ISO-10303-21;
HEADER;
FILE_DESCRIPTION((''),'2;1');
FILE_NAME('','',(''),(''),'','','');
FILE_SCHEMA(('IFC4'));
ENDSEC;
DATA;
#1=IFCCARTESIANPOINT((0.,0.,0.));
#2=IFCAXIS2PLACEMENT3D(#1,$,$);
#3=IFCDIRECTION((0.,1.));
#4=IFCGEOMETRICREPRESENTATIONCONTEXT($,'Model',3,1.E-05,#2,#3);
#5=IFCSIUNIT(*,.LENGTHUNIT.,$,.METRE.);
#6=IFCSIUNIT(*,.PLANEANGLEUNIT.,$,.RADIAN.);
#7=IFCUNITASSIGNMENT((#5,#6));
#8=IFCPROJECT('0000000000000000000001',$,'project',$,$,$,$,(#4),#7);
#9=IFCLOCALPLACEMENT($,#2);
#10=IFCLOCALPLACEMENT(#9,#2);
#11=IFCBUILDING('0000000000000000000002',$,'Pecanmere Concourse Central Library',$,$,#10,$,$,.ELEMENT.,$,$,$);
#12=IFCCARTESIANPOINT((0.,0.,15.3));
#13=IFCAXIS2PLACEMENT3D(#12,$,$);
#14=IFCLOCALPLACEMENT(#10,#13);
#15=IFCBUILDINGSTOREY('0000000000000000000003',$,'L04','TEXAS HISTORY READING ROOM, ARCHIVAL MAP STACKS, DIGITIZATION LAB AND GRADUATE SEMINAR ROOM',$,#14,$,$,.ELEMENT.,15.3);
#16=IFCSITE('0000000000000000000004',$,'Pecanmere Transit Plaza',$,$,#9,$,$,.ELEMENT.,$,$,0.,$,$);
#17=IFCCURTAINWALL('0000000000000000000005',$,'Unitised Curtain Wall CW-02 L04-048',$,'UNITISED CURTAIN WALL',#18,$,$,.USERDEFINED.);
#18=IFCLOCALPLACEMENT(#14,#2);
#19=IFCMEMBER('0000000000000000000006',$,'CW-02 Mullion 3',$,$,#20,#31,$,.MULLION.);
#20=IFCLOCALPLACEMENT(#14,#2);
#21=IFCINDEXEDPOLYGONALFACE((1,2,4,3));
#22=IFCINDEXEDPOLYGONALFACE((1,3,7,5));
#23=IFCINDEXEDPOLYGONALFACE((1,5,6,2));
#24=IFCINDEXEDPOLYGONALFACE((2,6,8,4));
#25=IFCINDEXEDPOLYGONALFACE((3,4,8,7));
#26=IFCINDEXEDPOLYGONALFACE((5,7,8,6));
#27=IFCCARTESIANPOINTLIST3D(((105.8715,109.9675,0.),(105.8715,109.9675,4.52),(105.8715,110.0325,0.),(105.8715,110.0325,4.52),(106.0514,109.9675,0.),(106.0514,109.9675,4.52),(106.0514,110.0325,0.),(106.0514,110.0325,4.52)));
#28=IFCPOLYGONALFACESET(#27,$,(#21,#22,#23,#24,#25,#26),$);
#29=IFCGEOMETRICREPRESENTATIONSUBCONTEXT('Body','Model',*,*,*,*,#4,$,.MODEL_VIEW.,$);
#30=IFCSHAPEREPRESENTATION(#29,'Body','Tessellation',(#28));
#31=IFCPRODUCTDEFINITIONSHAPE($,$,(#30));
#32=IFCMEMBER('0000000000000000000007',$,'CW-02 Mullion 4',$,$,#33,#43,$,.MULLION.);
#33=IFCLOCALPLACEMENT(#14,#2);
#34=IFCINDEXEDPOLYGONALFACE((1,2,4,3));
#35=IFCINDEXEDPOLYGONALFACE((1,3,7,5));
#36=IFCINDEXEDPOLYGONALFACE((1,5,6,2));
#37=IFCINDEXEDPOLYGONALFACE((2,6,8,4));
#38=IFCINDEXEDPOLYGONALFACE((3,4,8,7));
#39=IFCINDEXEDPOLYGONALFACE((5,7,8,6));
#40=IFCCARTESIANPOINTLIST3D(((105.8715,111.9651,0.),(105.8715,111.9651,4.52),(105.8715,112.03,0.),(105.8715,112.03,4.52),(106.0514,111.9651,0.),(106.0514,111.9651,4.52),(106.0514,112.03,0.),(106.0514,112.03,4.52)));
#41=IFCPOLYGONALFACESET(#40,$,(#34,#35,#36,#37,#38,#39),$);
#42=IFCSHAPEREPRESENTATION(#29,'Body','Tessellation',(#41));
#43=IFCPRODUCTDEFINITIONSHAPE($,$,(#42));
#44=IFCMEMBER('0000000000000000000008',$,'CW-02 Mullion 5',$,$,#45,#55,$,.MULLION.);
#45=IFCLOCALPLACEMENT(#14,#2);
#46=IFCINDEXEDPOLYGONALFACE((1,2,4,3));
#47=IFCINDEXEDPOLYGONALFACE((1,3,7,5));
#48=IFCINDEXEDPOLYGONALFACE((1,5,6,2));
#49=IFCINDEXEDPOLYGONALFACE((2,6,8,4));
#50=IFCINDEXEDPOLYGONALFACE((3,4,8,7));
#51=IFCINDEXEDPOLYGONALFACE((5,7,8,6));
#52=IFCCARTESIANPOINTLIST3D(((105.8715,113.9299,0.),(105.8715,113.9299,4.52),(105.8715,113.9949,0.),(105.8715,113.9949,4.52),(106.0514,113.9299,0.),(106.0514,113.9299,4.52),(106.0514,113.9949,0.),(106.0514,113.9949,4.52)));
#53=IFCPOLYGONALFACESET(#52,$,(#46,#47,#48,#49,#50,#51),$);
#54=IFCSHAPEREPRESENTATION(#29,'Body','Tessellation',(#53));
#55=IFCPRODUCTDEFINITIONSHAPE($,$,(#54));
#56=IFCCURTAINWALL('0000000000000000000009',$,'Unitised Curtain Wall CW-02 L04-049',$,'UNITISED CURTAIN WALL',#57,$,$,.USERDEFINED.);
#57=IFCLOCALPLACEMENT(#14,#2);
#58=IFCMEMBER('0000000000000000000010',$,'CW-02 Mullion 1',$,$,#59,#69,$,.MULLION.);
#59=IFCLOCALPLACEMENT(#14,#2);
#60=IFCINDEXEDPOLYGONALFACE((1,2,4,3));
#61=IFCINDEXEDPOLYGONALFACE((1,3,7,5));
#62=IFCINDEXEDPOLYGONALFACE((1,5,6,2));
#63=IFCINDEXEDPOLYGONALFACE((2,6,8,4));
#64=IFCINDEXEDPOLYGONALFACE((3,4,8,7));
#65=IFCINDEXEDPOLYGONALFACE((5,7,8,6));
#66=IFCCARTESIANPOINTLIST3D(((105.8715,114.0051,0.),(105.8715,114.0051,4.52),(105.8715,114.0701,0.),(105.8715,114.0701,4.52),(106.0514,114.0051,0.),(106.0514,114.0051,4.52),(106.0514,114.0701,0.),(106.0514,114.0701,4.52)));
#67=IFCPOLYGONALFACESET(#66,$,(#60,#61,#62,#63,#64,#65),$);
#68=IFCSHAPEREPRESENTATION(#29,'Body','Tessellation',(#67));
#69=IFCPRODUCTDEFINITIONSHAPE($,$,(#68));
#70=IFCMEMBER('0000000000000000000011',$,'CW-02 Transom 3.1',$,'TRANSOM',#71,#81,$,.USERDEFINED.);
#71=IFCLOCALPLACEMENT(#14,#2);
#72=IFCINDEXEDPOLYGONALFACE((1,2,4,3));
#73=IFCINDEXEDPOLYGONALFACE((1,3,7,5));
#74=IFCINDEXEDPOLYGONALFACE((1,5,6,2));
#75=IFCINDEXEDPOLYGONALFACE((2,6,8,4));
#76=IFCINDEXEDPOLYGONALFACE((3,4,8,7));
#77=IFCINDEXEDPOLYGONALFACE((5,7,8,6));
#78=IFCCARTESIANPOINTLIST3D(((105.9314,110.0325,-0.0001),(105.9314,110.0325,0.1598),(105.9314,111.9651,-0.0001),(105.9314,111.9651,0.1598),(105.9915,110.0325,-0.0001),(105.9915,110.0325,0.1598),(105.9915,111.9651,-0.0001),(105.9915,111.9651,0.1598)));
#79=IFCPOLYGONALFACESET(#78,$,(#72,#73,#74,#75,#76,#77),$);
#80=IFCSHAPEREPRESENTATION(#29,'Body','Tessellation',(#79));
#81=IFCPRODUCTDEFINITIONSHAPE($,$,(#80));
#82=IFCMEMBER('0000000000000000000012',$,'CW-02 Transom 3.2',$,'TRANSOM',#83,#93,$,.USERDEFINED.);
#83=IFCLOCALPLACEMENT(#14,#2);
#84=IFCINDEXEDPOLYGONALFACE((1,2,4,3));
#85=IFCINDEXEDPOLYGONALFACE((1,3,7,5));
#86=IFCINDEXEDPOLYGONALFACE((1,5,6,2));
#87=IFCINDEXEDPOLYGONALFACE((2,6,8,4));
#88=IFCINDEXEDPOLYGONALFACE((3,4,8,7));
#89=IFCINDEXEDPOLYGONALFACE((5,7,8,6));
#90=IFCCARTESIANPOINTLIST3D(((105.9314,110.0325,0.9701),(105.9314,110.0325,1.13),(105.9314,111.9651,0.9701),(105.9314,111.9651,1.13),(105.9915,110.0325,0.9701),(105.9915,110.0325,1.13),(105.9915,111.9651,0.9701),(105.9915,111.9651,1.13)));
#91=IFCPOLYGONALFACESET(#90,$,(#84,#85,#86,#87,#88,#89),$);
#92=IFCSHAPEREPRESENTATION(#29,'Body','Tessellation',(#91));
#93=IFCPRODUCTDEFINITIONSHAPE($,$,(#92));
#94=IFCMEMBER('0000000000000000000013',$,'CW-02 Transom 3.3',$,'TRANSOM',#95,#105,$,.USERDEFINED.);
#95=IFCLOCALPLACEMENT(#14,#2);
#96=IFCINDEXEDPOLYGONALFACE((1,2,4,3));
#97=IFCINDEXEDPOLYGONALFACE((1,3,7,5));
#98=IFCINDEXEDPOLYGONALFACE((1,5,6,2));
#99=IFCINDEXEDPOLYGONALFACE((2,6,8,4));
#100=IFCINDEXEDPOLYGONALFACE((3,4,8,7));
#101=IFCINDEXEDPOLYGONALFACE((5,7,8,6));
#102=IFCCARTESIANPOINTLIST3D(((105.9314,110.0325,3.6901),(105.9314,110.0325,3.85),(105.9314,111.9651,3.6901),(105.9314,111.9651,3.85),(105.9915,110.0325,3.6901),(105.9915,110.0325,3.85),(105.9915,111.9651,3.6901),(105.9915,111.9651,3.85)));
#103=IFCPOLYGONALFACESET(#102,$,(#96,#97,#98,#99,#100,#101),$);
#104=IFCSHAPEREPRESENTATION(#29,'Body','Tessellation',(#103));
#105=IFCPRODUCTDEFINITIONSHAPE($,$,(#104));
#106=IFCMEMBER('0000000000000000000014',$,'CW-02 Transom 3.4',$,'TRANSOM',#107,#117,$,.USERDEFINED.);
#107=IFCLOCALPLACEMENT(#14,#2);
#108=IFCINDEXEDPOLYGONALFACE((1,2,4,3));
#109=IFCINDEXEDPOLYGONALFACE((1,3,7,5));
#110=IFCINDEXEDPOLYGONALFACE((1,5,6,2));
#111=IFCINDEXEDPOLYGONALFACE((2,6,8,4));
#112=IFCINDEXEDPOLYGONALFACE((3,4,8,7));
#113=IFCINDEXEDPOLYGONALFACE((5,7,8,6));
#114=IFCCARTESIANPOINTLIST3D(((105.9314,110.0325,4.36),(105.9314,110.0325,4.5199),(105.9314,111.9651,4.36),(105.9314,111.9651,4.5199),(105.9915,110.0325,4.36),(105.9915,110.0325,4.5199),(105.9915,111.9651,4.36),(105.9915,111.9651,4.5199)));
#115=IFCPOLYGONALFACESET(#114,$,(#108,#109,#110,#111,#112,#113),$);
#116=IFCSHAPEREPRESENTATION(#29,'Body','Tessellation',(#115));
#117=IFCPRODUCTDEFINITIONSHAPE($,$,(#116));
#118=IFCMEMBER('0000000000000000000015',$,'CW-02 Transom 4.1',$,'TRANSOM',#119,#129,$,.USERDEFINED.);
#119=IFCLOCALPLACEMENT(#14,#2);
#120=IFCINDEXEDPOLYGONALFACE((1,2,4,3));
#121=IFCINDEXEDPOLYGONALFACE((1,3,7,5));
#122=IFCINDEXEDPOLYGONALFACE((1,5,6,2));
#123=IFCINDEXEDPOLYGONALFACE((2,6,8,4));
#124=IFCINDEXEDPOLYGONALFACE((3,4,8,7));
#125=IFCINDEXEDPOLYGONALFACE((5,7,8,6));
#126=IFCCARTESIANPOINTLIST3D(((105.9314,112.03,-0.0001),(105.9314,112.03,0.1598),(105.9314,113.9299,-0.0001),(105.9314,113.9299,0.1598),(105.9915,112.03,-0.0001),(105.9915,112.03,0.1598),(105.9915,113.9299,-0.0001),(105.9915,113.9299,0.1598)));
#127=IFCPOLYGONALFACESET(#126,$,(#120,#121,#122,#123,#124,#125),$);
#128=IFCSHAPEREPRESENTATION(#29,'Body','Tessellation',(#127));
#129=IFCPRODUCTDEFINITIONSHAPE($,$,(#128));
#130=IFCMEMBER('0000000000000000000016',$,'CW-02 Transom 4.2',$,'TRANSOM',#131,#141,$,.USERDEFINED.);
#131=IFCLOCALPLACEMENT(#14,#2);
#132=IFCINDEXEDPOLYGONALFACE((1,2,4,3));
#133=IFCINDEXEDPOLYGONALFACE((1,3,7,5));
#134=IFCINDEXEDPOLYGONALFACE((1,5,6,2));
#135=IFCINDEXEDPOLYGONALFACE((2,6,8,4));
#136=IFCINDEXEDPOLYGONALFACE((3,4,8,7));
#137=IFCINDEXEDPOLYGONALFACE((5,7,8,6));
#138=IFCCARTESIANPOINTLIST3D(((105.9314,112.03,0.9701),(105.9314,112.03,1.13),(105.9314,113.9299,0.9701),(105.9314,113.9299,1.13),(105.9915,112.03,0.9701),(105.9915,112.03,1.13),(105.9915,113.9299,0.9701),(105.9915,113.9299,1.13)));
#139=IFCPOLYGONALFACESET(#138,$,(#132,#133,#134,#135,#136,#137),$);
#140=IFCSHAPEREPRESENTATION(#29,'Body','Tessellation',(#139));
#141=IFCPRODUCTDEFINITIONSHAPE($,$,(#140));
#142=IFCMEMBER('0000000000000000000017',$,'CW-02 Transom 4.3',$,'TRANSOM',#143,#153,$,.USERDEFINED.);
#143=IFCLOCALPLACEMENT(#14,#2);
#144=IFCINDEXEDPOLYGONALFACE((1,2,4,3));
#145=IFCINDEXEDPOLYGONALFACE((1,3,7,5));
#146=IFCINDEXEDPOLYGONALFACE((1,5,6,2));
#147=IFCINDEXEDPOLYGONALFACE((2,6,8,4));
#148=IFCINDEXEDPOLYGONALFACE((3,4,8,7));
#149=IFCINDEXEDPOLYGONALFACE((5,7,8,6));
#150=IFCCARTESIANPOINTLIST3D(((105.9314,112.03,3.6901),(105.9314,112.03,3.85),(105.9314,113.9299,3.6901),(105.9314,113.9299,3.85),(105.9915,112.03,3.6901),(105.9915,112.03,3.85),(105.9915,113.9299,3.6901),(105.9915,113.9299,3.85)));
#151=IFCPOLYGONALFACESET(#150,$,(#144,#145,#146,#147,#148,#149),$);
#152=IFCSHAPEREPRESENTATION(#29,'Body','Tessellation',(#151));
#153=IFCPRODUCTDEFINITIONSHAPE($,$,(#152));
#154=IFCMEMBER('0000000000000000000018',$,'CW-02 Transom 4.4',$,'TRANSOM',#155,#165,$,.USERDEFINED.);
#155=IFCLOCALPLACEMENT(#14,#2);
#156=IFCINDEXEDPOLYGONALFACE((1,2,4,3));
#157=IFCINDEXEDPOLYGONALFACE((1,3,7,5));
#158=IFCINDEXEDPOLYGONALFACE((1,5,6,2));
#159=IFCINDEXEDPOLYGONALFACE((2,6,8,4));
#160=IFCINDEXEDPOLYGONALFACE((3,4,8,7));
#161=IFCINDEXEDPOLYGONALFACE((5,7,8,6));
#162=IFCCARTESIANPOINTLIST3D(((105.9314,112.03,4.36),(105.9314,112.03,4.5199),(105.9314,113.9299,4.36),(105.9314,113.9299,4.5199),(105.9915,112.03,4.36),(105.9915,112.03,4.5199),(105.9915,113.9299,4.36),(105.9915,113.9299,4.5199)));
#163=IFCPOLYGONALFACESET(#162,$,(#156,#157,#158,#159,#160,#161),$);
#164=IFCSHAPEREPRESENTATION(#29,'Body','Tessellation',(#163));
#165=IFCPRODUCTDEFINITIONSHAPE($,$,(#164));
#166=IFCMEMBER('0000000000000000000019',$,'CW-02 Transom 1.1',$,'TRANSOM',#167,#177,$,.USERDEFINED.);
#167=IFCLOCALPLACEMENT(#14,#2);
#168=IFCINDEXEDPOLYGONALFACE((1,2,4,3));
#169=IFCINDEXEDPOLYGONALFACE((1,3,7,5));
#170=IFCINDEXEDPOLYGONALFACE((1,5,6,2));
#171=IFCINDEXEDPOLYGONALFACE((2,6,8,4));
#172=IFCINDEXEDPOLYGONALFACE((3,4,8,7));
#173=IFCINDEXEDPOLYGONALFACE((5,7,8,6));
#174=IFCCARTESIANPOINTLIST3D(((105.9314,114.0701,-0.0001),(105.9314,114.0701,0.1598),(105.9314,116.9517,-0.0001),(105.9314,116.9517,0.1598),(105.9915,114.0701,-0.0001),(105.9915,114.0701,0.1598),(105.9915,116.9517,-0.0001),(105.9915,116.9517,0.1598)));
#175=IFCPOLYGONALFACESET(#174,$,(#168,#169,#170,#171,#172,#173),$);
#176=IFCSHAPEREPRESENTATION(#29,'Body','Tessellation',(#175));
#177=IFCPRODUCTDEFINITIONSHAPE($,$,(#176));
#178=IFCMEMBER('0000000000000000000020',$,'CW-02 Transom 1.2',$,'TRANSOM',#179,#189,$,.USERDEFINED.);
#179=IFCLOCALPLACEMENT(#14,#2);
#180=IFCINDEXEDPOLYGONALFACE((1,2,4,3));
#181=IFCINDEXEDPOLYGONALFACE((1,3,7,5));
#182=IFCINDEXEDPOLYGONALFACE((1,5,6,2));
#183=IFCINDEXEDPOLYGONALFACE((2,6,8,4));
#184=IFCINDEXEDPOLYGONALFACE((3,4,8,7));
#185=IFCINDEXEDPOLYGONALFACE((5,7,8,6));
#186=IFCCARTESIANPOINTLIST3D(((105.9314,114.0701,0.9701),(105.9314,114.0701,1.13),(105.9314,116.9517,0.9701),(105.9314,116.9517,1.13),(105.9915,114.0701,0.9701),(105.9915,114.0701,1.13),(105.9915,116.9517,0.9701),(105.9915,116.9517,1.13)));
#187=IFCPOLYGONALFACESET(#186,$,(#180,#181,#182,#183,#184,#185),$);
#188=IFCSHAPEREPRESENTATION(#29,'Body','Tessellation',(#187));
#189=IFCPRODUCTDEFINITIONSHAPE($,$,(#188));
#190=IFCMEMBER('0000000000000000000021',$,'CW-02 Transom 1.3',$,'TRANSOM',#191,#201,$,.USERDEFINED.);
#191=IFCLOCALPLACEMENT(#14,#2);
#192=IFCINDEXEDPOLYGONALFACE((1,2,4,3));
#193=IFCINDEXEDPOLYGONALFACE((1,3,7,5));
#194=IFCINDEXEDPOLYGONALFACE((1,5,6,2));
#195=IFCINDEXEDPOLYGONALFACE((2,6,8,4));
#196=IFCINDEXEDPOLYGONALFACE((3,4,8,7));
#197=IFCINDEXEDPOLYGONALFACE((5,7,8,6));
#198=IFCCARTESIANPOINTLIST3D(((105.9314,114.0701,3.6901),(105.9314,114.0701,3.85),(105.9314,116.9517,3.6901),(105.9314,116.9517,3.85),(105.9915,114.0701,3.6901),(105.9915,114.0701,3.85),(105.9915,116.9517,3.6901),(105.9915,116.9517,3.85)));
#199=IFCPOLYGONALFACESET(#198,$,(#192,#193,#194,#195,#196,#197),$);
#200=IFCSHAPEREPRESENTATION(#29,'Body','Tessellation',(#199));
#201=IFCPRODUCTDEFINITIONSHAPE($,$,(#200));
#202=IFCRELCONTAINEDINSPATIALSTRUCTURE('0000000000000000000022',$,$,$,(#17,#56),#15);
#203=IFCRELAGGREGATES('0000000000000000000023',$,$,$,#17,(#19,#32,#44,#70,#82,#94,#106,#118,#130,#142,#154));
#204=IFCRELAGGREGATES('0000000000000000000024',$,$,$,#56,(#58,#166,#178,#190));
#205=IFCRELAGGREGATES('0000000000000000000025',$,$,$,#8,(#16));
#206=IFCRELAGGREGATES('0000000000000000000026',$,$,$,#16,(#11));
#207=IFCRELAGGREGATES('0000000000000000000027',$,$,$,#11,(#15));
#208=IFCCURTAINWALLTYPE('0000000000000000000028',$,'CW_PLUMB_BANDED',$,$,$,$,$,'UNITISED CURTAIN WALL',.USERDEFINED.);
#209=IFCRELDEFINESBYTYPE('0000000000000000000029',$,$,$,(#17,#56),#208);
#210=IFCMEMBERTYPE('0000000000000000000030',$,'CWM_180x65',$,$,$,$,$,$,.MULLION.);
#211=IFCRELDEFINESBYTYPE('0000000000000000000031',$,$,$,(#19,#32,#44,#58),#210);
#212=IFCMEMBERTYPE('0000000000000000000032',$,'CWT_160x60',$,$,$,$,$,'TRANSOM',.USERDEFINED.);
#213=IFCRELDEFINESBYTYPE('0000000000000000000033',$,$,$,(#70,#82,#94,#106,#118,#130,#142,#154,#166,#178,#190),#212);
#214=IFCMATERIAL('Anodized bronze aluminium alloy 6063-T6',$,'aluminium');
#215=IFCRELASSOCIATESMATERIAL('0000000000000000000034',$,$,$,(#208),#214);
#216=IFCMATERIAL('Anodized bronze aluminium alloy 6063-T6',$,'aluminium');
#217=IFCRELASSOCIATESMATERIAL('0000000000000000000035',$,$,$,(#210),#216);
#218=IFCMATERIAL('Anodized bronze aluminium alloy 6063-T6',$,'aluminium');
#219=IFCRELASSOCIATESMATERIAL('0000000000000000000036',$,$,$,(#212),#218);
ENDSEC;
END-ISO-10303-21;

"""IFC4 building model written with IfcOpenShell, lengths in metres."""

from ifc_helpers import new_model, si_unit, direction, frame, origin, origin_2d, place, context, subcontext, project, spatial, rectangle, extrude, material, material_profile, profile_set, type_object, element, aggregate, save


model = new_model("IFC4")

# Units and contexts
model_context = context("Model", 3, precision=1e-05, world=origin(), true_north=direction((0.0, 1.0)))
body_context = subcontext(model_context, "Body", "Model", "MODEL_VIEW")
ifc_project = project(units=[si_unit("LENGTHUNIT", "METRE"), si_unit("PLANEANGLEUNIT", "RADIAN")], contexts=[model_context])

# Site, building, storey
site_placement = place(None, origin())
site = spatial("IfcSite", under=ifc_project, at=site_placement, Name="Pecanmere Transit Plaza", CompositionType="ELEMENT", RefElevation=0.0)
building_placement = place(site_placement, origin())
building = spatial("IfcBuilding", under=site, at=building_placement, Name="Pecanmere Concourse Central Library", CompositionType="ELEMENT")
storey_placement = place(building_placement, frame((0.0, 0.0, 15.3)))
storey = spatial("IfcBuildingStorey", under=building, at=storey_placement, Name="L04", Description="TEXAS HISTORY READING ROOM, ARCHIVAL MAP STACKS, DIGITIZATION LAB AND GRADUATE SEMINAR ROOM", CompositionType="ELEMENT", Elevation=15.3)

# Curtain wall, members
ifc_material_1 = material(Name="Anodized bronze aluminium alloy 6063-T6", Category="aluminium")
curtain_wall_type = type_object("IfcCurtainWallType", Name="CW_PLUMB_BANDED", ElementType="UNITISED CURTAIN WALL", PredefinedType="USERDEFINED", material=ifc_material_1)
curtain_wall_1_placement = place(storey_placement, origin())
curtain_wall_1 = element("IfcCurtainWall", 1, at=curtain_wall_1_placement, inside=storey, type_object=curtain_wall_type, Name="Unitised Curtain Wall CW-02 L04-048", ObjectType="UNITISED CURTAIN WALL", PredefinedType="USERDEFINED")
ifc_material_2 = material(Name="Anodized bronze aluminium alloy 6063-T6", Category="aluminium")
ifc_material_profile_1 = material_profile(ifc_material_2, rectangle(XDim=0.0649, YDim=0.1799, at=origin_2d()), Name="AL 65x180")
ifc_profile_set_1 = profile_set([ifc_material_profile_1], Name="Anodized bronze aluminium alloy 6063-T6")
member_type_1 = type_object("IfcMemberType", Name="CWM_180x65", PredefinedType="MULLION", material=ifc_profile_set_1)
member_1_placement = place(storey_placement, frame((105.9614, 110.0, 0.0), z_axis=(0.0, 0.0, 1.0), x_axis=(0.0, 1.0, 0.0)))
member_1 = element("IfcMember", 2, at=member_1_placement, type_object=member_type_1, Name="CW-02 Mullion 3", PredefinedType="MULLION", context=body_context, shape_type="SweptSolid", body=[
    extrude(rectangle(XDim=0.0649, YDim=0.1799, at=origin_2d()), origin(), (0.0, 0.0, 1.0), 4.52),
])
member_2_placement = place(storey_placement, frame((105.9614, 111.9976, 0.0), z_axis=(0.0, 0.0, 1.0), x_axis=(0.0, 1.0, 0.0)))
member_2 = element("IfcMember", 3, at=member_2_placement, type_object=member_type_1, Name="CW-02 Mullion 4", PredefinedType="MULLION", context=body_context, shape_type="SweptSolid", body=[
    extrude(rectangle(XDim=0.0649, YDim=0.1799, at=origin_2d()), origin(), (0.0, 0.0, 1.0), 4.52),
])
member_3_placement = place(storey_placement, frame((105.9614, 113.9624, 0.0), z_axis=(0.0, 0.0, 1.0), x_axis=(0.0, 1.0, 0.0)))
member_3 = element("IfcMember", 4, at=member_3_placement, type_object=member_type_1, Name="CW-02 Mullion 5", PredefinedType="MULLION", context=body_context, shape_type="SweptSolid", body=[
    extrude(rectangle(XDim=0.0649, YDim=0.1799, at=origin_2d()), origin(), (0.0, 0.0, 1.0), 4.52),
])

# Curtain wall, member
curtain_wall_2_placement = place(storey_placement, origin())
curtain_wall_2 = element("IfcCurtainWall", 5, at=curtain_wall_2_placement, inside=storey, type_object=curtain_wall_type, Name="Unitised Curtain Wall CW-02 L04-049", ObjectType="UNITISED CURTAIN WALL", PredefinedType="USERDEFINED")
member_4_placement = place(storey_placement, frame((105.9614, 114.0376, 0.0), z_axis=(0.0, 0.0, 1.0), x_axis=(0.0, 1.0, 0.0)))
member_4 = element("IfcMember", 6, at=member_4_placement, type_object=member_type_1, Name="CW-02 Mullion 1", PredefinedType="MULLION", context=body_context, shape_type="SweptSolid", body=[
    extrude(rectangle(XDim=0.0649, YDim=0.1799, at=origin_2d()), origin(), (0.0, 0.0, 1.0), 4.52),
])

# Members
ifc_material_3 = material(Name="Anodized bronze aluminium alloy 6063-T6", Category="aluminium")
ifc_material_profile_2 = material_profile(ifc_material_3, rectangle(XDim=0.0601, YDim=0.1599, at=origin_2d()), Name="AL 60x160")
ifc_profile_set_2 = profile_set([ifc_material_profile_2], Name="Anodized bronze aluminium alloy 6063-T6")
member_type_2 = type_object("IfcMemberType", Name="CWT_160x60", ElementType="TRANSOM", PredefinedType="USERDEFINED", material=ifc_profile_set_2)
member_5_placement = place(storey_placement, frame((105.9614, 110.0325, 0.0798), z_axis=(0.0, 1.0, 0.0), x_axis=(-1.0, 0.0, 0.0)))
member_5 = element("IfcMember", 7, at=member_5_placement, type_object=member_type_2, Name="CW-02 Transom 3.1", ObjectType="TRANSOM", PredefinedType="USERDEFINED", context=body_context, shape_type="SweptSolid", body=[
    extrude(rectangle(XDim=0.0601, YDim=0.1599, at=origin_2d()), origin(), (0.0, 0.0, 1.0), 1.9326),
])
member_6_placement = place(storey_placement, frame((105.9614, 110.0325, 1.05), z_axis=(0.0, 1.0, 0.0), x_axis=(-1.0, 0.0, 0.0)))
member_6 = element("IfcMember", 8, at=member_6_placement, type_object=member_type_2, Name="CW-02 Transom 3.2", ObjectType="TRANSOM", PredefinedType="USERDEFINED", context=body_context, shape_type="SweptSolid", body=[
    extrude(rectangle(XDim=0.0601, YDim=0.1599, at=origin_2d()), origin(), (0.0, 0.0, 1.0), 1.9326),
])
member_7_placement = place(storey_placement, frame((105.9614, 110.0325, 3.77), z_axis=(0.0, 1.0, 0.0), x_axis=(-1.0, 0.0, 0.0)))
member_7 = element("IfcMember", 9, at=member_7_placement, type_object=member_type_2, Name="CW-02 Transom 3.3", ObjectType="TRANSOM", PredefinedType="USERDEFINED", context=body_context, shape_type="SweptSolid", body=[
    extrude(rectangle(XDim=0.0601, YDim=0.1599, at=origin_2d()), origin(), (0.0, 0.0, 1.0), 1.9326),
])
member_8_placement = place(storey_placement, frame((105.9614, 110.0325, 4.4399), z_axis=(0.0, 1.0, 0.0), x_axis=(-1.0, 0.0, 0.0)))
member_8 = element("IfcMember", 10, at=member_8_placement, type_object=member_type_2, Name="CW-02 Transom 3.4", ObjectType="TRANSOM", PredefinedType="USERDEFINED", context=body_context, shape_type="SweptSolid", body=[
    extrude(rectangle(XDim=0.0601, YDim=0.1599, at=origin_2d()), origin(), (0.0, 0.0, 1.0), 1.9326),
])
member_9_placement = place(storey_placement, frame((105.9614, 112.03, 0.0798), z_axis=(0.0, 1.0, 0.0), x_axis=(-1.0, 0.0, 0.0)))
member_9 = element("IfcMember", 11, at=member_9_placement, type_object=member_type_2, Name="CW-02 Transom 4.1", ObjectType="TRANSOM", PredefinedType="USERDEFINED", context=body_context, shape_type="SweptSolid", body=[
    extrude(rectangle(XDim=0.0601, YDim=0.1599, at=origin_2d()), origin(), (0.0, 0.0, 1.0), 1.8999),
])
member_10_placement = place(storey_placement, frame((105.9614, 112.03, 1.05), z_axis=(0.0, 1.0, 0.0), x_axis=(-1.0, 0.0, 0.0)))
member_10 = element("IfcMember", 12, at=member_10_placement, type_object=member_type_2, Name="CW-02 Transom 4.2", ObjectType="TRANSOM", PredefinedType="USERDEFINED", context=body_context, shape_type="SweptSolid", body=[
    extrude(rectangle(XDim=0.0601, YDim=0.1599, at=origin_2d()), origin(), (0.0, 0.0, 1.0), 1.8999),
])
member_11_placement = place(storey_placement, frame((105.9614, 112.03, 3.77), z_axis=(0.0, 1.0, 0.0), x_axis=(-1.0, 0.0, 0.0)))
member_11 = element("IfcMember", 13, at=member_11_placement, type_object=member_type_2, Name="CW-02 Transom 4.3", ObjectType="TRANSOM", PredefinedType="USERDEFINED", context=body_context, shape_type="SweptSolid", body=[
    extrude(rectangle(XDim=0.0601, YDim=0.1599, at=origin_2d()), origin(), (0.0, 0.0, 1.0), 1.8999),
])
member_12_placement = place(storey_placement, frame((105.9614, 112.03, 4.4399), z_axis=(0.0, 1.0, 0.0), x_axis=(-1.0, 0.0, 0.0)))
member_12 = element("IfcMember", 14, at=member_12_placement, type_object=member_type_2, Name="CW-02 Transom 4.4", ObjectType="TRANSOM", PredefinedType="USERDEFINED", context=body_context, shape_type="SweptSolid", body=[
    extrude(rectangle(XDim=0.0601, YDim=0.1599, at=origin_2d()), origin(), (0.0, 0.0, 1.0), 1.8999),
])
member_13_placement = place(storey_placement, frame((105.9614, 114.0701, 0.0798), z_axis=(0.0, 1.0, 0.0), x_axis=(-1.0, 0.0, 0.0)))
member_13 = element("IfcMember", 15, at=member_13_placement, type_object=member_type_2, Name="CW-02 Transom 1.1", ObjectType="TRANSOM", PredefinedType="USERDEFINED", context=body_context, shape_type="SweptSolid", body=[
    extrude(rectangle(XDim=0.0601, YDim=0.1599, at=origin_2d()), origin(), (0.0, 0.0, 1.0), 2.8816),
])
member_14_placement = place(storey_placement, frame((105.9614, 114.0701, 1.05), z_axis=(0.0, 1.0, 0.0), x_axis=(-1.0, 0.0, 0.0)))
member_14 = element("IfcMember", 16, at=member_14_placement, type_object=member_type_2, Name="CW-02 Transom 1.2", ObjectType="TRANSOM", PredefinedType="USERDEFINED", context=body_context, shape_type="SweptSolid", body=[
    extrude(rectangle(XDim=0.0601, YDim=0.1599, at=origin_2d()), origin(), (0.0, 0.0, 1.0), 2.8816),
])
member_15_placement = place(storey_placement, frame((105.9614, 114.0701, 3.77), z_axis=(0.0, 1.0, 0.0), x_axis=(-1.0, 0.0, 0.0)))
member_15 = element("IfcMember", 17, at=member_15_placement, type_object=member_type_2, Name="CW-02 Transom 1.3", ObjectType="TRANSOM", PredefinedType="USERDEFINED", context=body_context, shape_type="SweptSolid", body=[
    extrude(rectangle(XDim=0.0601, YDim=0.1599, at=origin_2d()), origin(), (0.0, 0.0, 1.0), 2.8816),
])

aggregate(curtain_wall_1, [member_1, member_2, member_3, member_5, member_6, member_7, member_8, member_9, member_10, member_11, member_12])
aggregate(curtain_wall_2, [member_4, member_13, member_14, member_15])

save(model, "model.ifc")
